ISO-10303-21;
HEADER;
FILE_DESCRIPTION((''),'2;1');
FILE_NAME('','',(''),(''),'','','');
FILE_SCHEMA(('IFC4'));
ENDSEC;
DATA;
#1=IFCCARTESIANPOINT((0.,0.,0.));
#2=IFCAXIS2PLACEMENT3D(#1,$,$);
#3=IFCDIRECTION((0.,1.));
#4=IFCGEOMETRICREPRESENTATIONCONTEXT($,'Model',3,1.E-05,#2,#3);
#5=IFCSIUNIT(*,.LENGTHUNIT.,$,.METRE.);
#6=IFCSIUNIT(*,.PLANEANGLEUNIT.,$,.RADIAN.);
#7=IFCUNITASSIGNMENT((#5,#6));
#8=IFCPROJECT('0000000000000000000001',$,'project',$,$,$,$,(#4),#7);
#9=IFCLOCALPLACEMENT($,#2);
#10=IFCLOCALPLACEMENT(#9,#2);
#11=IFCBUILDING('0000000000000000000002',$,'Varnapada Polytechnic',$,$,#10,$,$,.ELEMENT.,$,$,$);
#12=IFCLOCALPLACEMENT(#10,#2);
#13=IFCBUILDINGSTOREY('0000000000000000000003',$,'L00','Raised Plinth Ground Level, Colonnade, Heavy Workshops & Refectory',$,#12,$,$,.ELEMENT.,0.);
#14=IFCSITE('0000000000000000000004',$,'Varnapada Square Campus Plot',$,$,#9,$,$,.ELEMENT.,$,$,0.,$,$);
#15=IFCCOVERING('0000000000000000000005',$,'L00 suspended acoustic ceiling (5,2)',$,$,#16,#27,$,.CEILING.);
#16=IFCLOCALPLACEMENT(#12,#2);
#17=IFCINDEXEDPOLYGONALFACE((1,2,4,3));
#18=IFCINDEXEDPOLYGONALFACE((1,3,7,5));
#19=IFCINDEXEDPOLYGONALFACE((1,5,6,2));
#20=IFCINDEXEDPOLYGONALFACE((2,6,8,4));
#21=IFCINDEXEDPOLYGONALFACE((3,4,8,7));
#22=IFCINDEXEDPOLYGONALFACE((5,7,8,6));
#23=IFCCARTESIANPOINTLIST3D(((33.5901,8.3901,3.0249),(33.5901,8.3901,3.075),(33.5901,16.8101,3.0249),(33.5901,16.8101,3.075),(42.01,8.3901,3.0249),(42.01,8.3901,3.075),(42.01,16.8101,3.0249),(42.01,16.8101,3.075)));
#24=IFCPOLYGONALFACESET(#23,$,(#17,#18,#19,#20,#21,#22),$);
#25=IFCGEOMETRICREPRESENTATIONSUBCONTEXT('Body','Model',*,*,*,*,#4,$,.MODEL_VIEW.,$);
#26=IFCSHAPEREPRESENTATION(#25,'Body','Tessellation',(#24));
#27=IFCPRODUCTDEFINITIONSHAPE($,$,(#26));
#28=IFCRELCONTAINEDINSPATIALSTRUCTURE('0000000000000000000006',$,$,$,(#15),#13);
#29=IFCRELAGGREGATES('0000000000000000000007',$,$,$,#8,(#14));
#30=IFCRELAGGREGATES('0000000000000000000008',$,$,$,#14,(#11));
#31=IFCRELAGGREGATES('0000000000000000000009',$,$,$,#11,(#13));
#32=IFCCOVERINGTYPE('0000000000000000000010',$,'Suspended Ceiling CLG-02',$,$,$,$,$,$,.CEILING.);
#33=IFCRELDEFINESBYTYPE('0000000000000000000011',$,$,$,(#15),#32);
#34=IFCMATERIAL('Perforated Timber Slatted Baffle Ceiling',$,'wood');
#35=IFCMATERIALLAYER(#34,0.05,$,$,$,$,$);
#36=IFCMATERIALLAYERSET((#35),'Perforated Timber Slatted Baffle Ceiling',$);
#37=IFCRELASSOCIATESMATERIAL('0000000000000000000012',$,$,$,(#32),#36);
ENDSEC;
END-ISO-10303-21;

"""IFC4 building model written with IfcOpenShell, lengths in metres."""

from ifc_helpers import new_model, si_unit, direction, frame, origin, origin_2d, place, context, subcontext, project, spatial, rectangle, extrude, material, layer, layer_set, type_object, element, save


model = new_model("IFC4")

# Units and contexts
model_context = context("Model", 3, precision=1e-05, world=origin(), true_north=direction((0.0, 1.0)))
body_context = subcontext(model_context, "Body", "Model", "MODEL_VIEW")
ifc_project = project(units=[si_unit("LENGTHUNIT", "METRE"), si_unit("PLANEANGLEUNIT", "RADIAN")], contexts=[model_context])

# Site, building, storey
site_placement = place(None, origin())
site = spatial("IfcSite", under=ifc_project, at=site_placement, Name="Varnapada Square Campus Plot", CompositionType="ELEMENT", RefElevation=0.0)
building_placement = place(site_placement, origin())
building = spatial("IfcBuilding", under=site, at=building_placement, Name="Varnapada Polytechnic", CompositionType="ELEMENT")
storey_placement = place(building_placement, origin())
storey = spatial("IfcBuildingStorey", under=building, at=storey_placement, Name="L00", Description="Raised Plinth Ground Level, Colonnade, Heavy Workshops & Refectory", CompositionType="ELEMENT", Elevation=0.0)

# Covering
ifc_material_1 = material(Name="Perforated Timber Slatted Baffle Ceiling", Category="wood")
ifc_layer_1 = layer(ifc_material_1, 0.05)
ifc_layer_set_1 = layer_set([ifc_layer_1], Name="Perforated Timber Slatted Baffle Ceiling")
covering_type_1 = type_object("IfcCoveringType", Name="Suspended Ceiling CLG-02", PredefinedType="CEILING", material=ifc_layer_set_1)
covering_1_placement = place(storey_placement, frame((37.8, 12.6001, 3.0249), z_axis=(0.0, 0.0, 1.0), x_axis=(1.0, 0.0, 0.0)))
element("IfcCovering", 1, at=covering_1_placement, inside=storey, type_object=covering_type_1, Name="L00 suspended acoustic ceiling (5,2)", PredefinedType="CEILING", context=body_context, shape_type="SweptSolid", body=[
    extrude(rectangle(XDim=8.4199, YDim=8.4199, at=origin_2d()), origin(), (0.0, 0.0, 1.0), 0.05),
])

save(model, "model.ifc")
